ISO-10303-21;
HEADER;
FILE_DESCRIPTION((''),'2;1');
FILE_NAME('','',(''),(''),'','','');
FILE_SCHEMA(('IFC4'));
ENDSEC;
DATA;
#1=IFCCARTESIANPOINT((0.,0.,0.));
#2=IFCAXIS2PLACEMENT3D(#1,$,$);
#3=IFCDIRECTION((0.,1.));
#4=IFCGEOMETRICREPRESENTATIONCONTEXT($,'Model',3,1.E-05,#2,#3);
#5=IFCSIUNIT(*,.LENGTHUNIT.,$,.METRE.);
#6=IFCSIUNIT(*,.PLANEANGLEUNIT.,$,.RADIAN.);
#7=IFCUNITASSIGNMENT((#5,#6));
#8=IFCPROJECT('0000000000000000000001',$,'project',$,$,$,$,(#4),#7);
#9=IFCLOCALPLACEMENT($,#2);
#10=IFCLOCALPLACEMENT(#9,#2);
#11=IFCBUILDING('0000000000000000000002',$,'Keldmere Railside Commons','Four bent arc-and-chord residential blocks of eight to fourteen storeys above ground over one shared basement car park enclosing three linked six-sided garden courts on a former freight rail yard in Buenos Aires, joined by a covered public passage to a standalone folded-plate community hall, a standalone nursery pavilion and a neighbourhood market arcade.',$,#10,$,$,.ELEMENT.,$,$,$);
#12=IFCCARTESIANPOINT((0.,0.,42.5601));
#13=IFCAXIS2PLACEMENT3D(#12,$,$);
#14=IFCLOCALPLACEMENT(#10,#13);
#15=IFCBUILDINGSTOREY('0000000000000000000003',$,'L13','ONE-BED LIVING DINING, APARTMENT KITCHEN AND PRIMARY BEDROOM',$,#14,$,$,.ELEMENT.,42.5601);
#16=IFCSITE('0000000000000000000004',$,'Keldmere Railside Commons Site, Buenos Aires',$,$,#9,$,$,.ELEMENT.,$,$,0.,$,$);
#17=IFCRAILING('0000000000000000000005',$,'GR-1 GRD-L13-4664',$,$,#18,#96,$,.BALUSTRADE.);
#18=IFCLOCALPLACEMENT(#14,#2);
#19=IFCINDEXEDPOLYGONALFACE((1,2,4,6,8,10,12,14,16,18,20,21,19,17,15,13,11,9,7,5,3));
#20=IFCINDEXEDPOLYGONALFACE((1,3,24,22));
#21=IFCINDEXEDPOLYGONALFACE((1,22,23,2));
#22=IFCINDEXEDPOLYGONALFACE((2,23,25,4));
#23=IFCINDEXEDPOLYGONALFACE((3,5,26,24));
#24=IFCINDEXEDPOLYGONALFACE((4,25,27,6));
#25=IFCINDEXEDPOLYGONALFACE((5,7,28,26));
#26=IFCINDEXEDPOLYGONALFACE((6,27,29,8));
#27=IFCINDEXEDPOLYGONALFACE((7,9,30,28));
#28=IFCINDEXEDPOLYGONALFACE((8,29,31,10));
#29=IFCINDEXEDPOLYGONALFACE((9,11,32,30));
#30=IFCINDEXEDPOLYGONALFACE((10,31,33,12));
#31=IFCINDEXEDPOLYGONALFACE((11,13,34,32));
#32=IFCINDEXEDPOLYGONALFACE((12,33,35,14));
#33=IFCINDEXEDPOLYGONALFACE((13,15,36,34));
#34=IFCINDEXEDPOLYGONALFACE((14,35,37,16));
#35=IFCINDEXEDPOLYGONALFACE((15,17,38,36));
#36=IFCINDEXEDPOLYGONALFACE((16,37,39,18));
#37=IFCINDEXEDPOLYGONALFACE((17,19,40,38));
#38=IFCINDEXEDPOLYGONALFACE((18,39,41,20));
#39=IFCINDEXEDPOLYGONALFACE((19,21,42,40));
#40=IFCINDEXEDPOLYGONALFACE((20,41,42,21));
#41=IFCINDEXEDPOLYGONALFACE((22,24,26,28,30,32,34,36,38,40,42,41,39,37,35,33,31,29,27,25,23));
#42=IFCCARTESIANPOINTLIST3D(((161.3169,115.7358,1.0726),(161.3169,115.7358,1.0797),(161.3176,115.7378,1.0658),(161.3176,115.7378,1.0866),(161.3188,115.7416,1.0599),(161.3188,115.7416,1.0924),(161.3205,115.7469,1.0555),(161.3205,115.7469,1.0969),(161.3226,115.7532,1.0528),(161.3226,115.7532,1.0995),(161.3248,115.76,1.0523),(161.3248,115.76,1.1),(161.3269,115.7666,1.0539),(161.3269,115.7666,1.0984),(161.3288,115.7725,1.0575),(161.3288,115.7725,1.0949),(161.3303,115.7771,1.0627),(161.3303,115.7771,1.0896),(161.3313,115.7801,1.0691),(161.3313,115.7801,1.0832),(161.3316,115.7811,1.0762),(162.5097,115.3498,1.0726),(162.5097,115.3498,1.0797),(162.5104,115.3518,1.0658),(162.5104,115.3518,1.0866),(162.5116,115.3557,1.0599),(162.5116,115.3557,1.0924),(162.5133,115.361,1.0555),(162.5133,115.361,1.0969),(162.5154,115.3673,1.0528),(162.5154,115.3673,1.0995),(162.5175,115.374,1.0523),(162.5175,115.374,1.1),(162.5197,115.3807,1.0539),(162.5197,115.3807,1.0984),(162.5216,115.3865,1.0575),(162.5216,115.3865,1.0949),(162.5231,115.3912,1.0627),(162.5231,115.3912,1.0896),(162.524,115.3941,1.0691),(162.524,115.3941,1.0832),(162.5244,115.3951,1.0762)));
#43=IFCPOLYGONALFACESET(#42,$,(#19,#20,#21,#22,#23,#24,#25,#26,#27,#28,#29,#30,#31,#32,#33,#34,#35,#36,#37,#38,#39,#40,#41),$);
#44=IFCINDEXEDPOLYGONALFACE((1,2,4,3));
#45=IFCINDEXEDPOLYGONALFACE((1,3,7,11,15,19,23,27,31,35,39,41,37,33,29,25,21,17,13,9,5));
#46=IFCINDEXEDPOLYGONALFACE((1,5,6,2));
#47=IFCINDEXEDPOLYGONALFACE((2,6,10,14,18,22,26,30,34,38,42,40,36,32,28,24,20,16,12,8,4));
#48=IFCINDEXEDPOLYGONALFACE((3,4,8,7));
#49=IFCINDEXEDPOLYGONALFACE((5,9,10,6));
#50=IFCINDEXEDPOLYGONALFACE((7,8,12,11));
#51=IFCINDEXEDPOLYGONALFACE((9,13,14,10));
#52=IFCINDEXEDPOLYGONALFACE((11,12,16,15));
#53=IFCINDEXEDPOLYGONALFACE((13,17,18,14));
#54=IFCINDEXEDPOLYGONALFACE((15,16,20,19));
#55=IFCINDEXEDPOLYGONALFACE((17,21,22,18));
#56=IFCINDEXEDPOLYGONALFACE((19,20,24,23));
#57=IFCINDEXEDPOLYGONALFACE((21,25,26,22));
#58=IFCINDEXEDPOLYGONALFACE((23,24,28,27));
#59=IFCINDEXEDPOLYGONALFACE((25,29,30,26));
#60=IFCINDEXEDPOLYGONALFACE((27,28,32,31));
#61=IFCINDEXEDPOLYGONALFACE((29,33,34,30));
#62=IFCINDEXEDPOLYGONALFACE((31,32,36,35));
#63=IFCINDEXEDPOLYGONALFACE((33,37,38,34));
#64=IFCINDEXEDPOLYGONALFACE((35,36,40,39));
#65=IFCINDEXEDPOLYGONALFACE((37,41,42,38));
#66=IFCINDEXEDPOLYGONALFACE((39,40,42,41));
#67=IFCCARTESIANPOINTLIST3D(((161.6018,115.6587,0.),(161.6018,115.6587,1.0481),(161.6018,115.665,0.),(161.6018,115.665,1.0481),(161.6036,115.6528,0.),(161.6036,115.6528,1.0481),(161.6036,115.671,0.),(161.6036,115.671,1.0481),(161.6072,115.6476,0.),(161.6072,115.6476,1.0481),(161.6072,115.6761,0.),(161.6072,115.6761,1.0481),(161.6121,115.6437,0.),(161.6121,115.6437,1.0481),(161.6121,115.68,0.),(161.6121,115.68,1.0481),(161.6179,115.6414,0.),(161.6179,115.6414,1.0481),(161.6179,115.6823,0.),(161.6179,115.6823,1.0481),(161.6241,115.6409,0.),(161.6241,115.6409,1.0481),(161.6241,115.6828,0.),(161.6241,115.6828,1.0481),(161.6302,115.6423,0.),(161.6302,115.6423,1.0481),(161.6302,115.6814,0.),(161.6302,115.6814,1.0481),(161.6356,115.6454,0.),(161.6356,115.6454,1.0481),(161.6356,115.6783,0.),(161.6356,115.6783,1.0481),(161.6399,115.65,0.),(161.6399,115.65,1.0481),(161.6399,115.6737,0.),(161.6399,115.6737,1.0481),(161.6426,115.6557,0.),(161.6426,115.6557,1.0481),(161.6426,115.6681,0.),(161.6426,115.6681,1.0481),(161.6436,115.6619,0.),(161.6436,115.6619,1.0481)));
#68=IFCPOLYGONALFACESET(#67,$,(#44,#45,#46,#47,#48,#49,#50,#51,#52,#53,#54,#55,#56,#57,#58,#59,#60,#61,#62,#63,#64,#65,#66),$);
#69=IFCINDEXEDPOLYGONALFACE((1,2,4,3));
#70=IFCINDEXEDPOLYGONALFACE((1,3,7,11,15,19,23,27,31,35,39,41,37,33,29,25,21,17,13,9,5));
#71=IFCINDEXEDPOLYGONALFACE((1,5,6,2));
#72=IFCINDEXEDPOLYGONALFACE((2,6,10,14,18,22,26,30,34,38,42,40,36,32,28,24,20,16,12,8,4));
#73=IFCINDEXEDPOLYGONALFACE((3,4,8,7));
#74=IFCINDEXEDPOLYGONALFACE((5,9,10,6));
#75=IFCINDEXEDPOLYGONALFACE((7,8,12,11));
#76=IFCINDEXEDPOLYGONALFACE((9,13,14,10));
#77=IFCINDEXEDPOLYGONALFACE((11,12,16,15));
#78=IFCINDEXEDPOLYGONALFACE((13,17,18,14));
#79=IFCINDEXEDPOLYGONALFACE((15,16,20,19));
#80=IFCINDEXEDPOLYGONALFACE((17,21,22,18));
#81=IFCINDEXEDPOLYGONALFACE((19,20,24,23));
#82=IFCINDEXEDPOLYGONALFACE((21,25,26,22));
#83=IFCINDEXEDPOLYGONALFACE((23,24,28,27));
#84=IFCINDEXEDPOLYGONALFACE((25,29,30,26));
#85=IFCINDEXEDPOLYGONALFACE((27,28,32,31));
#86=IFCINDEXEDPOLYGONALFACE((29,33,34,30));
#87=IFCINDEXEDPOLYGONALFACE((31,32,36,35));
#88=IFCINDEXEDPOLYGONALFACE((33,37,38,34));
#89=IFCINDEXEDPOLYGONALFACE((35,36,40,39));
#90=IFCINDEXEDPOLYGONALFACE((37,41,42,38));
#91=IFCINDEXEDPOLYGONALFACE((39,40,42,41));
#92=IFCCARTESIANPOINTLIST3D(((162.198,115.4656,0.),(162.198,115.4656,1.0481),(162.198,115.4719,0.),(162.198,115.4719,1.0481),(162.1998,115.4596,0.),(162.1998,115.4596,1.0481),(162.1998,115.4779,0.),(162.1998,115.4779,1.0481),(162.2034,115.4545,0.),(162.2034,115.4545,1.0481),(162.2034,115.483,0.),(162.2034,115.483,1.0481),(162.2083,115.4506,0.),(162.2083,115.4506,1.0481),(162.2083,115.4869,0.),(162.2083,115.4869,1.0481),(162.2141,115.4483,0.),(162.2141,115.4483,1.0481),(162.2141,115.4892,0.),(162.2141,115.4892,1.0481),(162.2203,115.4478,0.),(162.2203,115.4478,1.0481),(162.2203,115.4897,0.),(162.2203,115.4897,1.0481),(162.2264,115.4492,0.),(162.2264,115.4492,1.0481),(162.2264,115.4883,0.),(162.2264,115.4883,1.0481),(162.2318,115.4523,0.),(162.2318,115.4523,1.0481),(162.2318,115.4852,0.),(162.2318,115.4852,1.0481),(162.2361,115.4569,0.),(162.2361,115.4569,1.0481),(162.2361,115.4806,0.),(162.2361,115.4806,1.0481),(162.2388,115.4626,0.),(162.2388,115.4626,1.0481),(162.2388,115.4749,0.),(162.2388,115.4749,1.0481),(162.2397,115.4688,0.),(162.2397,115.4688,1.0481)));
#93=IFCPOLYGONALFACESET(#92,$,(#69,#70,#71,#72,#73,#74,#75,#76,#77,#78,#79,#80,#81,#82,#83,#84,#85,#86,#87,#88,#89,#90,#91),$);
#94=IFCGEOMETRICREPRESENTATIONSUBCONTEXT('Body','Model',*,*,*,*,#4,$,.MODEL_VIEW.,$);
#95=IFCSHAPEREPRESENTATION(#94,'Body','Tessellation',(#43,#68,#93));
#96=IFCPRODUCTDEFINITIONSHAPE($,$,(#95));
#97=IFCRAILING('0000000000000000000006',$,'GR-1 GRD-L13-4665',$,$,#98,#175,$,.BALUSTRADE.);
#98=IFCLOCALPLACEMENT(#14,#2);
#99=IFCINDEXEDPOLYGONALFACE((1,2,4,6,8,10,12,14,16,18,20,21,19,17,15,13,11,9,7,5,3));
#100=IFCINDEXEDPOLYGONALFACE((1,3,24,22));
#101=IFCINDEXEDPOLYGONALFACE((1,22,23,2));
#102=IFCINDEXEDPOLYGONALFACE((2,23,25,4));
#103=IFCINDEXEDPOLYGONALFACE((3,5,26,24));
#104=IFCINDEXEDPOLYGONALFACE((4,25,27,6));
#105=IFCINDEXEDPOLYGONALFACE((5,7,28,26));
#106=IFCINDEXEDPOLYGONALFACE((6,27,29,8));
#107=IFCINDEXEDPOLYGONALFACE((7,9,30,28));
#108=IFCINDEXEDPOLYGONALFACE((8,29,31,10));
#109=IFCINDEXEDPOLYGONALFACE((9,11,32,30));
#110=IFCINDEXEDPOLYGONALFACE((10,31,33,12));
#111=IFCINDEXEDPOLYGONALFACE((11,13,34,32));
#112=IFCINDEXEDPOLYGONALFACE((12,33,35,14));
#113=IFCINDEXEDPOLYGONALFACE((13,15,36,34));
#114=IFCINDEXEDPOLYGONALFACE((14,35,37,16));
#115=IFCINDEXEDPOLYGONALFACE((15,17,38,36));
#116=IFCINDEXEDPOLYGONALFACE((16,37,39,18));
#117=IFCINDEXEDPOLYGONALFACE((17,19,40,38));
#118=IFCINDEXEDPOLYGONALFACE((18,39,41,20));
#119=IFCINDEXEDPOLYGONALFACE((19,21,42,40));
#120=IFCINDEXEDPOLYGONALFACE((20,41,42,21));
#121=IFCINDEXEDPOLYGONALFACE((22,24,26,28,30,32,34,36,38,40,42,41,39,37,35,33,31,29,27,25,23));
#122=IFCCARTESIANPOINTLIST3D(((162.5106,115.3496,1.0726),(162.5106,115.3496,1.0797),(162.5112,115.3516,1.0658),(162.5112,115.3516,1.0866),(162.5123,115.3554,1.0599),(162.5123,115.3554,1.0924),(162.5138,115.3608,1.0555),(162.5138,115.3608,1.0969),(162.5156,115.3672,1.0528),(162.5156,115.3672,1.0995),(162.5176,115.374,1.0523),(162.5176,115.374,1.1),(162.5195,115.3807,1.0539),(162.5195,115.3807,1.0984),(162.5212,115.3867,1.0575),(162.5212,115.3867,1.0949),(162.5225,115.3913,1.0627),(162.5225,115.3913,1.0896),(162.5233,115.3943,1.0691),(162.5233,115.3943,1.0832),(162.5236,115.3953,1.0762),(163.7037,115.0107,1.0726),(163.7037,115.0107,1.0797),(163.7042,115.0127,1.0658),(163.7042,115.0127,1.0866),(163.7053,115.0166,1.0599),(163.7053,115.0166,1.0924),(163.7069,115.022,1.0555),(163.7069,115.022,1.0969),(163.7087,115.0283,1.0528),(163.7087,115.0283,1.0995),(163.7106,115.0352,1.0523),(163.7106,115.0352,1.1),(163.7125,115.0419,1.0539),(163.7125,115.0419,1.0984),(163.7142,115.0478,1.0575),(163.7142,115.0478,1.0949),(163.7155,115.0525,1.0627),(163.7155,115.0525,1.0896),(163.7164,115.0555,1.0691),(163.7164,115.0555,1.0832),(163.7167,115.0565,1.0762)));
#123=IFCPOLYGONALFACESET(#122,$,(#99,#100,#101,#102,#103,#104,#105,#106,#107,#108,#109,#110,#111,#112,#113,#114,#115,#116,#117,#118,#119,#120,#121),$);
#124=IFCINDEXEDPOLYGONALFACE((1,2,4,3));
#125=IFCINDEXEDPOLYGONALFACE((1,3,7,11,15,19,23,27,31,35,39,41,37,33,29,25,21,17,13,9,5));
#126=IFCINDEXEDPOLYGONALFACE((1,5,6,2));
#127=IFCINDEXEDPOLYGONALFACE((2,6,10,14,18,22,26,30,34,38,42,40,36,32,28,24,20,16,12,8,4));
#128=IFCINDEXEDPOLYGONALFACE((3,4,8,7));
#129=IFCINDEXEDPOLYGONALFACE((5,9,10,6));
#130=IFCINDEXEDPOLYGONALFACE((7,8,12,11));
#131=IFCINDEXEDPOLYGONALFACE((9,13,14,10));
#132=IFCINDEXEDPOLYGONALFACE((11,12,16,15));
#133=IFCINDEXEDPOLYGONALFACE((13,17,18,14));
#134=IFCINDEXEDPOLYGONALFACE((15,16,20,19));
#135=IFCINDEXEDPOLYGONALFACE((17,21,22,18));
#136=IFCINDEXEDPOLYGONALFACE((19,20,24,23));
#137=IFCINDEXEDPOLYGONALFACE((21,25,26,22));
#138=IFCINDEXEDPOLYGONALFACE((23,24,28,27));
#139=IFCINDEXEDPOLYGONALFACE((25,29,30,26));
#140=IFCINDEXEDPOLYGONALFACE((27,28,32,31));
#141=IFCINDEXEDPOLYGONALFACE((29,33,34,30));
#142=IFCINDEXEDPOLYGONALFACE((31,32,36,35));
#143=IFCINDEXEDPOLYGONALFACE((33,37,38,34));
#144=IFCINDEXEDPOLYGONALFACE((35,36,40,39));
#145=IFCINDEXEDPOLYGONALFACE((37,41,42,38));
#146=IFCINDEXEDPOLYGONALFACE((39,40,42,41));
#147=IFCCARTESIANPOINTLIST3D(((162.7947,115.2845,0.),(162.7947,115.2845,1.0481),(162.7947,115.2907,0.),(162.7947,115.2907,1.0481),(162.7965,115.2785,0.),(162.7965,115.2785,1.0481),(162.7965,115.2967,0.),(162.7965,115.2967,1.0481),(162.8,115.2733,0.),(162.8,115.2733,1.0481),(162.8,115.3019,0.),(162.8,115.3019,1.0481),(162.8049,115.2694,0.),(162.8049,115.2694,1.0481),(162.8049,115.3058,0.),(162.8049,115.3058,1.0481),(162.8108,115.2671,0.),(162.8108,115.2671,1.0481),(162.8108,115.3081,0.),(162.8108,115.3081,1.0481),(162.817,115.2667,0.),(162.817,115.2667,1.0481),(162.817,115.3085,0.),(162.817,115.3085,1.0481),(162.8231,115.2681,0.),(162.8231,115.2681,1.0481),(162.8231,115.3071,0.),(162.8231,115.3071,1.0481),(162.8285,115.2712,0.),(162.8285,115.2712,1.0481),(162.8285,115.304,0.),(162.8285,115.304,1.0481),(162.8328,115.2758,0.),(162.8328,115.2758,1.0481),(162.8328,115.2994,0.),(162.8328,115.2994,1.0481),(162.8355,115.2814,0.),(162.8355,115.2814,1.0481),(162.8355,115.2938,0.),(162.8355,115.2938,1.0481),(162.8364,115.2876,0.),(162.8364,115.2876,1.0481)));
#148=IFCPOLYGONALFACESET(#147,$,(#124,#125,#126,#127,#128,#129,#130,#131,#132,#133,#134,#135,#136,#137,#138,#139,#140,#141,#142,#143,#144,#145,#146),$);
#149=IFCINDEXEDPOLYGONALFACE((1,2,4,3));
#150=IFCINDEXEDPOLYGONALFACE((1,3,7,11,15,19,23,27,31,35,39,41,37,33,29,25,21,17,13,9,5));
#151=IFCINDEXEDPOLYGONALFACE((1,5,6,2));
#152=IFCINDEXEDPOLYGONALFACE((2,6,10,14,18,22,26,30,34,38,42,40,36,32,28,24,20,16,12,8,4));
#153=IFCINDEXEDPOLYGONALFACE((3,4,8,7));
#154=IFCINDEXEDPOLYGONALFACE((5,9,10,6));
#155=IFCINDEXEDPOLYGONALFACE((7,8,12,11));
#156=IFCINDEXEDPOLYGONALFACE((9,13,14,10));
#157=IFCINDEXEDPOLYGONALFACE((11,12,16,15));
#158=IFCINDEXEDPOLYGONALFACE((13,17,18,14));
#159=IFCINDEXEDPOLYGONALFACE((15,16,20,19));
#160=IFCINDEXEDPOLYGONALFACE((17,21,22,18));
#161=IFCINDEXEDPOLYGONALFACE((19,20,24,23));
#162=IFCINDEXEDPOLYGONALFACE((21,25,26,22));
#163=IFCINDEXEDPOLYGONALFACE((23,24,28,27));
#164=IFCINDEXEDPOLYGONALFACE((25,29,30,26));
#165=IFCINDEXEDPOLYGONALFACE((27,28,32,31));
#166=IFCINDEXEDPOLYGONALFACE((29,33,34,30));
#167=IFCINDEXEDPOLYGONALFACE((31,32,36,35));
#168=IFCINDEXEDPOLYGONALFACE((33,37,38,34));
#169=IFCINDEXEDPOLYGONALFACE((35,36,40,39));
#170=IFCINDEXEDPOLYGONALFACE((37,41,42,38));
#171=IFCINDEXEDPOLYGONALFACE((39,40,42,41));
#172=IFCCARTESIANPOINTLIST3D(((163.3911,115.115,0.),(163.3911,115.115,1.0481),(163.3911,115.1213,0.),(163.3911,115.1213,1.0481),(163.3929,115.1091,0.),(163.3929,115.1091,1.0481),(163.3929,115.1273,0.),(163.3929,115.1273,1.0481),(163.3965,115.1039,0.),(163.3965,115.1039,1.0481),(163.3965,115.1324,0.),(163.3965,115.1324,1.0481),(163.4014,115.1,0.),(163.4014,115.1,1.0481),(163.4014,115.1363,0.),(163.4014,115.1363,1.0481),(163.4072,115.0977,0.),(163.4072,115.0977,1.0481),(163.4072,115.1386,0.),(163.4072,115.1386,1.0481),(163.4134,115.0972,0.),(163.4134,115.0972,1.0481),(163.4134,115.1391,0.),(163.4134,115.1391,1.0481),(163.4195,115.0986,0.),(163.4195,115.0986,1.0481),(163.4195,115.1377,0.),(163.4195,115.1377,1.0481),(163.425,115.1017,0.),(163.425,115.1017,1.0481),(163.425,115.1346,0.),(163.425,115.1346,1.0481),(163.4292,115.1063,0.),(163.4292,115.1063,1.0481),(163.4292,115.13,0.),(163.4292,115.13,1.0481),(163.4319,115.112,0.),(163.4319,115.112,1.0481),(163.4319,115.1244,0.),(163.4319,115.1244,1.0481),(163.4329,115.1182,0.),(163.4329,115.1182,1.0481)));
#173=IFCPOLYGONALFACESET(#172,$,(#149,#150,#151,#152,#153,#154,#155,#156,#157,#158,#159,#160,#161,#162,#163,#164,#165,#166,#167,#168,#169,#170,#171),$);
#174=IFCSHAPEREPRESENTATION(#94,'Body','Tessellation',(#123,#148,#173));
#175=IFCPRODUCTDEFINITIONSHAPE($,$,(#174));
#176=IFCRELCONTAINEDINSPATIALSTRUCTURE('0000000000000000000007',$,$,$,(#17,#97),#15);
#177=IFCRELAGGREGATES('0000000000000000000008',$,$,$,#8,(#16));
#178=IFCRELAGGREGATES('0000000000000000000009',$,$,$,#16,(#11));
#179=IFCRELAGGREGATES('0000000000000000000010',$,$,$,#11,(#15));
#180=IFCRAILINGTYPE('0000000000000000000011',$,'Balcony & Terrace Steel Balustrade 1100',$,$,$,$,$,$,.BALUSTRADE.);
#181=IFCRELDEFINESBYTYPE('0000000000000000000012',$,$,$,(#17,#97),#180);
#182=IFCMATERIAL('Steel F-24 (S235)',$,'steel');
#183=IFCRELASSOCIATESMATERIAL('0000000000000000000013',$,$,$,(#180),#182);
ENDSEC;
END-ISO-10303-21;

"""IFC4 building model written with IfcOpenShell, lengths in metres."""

from ifc_helpers import new_model, si_unit, direction, frame, origin, origin_2d, place, context, subcontext, project, spatial, circle, extrude, material, type_object, element, save


model = new_model("IFC4")

# Units and contexts
model_context = context("Model", 3, precision=1e-05, world=origin(), true_north=direction((0.0, 1.0)))
body_context = subcontext(model_context, "Body", "Model", "MODEL_VIEW")
ifc_project = project(units=[si_unit("LENGTHUNIT", "METRE"), si_unit("PLANEANGLEUNIT", "RADIAN")], contexts=[model_context])

# Site, building, storey
site_placement = place(None, origin())
site = spatial("IfcSite", under=ifc_project, at=site_placement, Name="Keldmere Railside Commons Site, Buenos Aires", CompositionType="ELEMENT", RefElevation=0.0)
building_placement = place(site_placement, origin())
building = spatial("IfcBuilding", under=site, at=building_placement, Name="Keldmere Railside Commons", Description="Four bent arc-and-chord residential blocks of eight to fourteen storeys above ground over one shared basement car park enclosing three linked six-sided garden courts on a former freight rail yard in Buenos Aires, joined by a covered public passage to a standalone folded-plate community hall, a standalone nursery pavilion and a neighbourhood market arcade.", CompositionType="ELEMENT")
storey_placement = place(building_placement, frame((0.0, 0.0, 42.5601)))
storey = spatial("IfcBuildingStorey", under=building, at=storey_placement, Name="L13", Description="ONE-BED LIVING DINING, APARTMENT KITCHEN AND PRIMARY BEDROOM", CompositionType="ELEMENT", Elevation=42.5601)

# Railings
ifc_material_1 = material(Name="Steel F-24 (S235)", Category="steel")
railing_type = type_object("IfcRailingType", Name="Balcony & Terrace Steel Balustrade 1100", PredefinedType="BALUSTRADE", material=ifc_material_1)
railing_1_placement = place(storey_placement, frame((161.3242, 115.7583, 0.0)))
element("IfcRailing", 1, at=railing_1_placement, inside=storey, type_object=railing_type, Name="GR-1 GRD-L13-4664", PredefinedType="BALUSTRADE", context=body_context, shape_type="SweptSolid", body=[
    extrude(circle(Radius=0.0239, at=origin_2d()), frame((0.0, 0.0, 1.0762), z_axis=(0.951431, -0.307862, 0.0), x_axis=(0.307862, 0.951431, 0.0)), (0.0, 0.0, 1.0), 1.2537),
    extrude(circle(Radius=0.021, at=origin_2d()), frame((0.2983, -0.0964, 0.0)), (0.0, 0.0, 1.0), 1.0481),
    extrude(circle(Radius=0.021, at=origin_2d()), frame((0.8945, -0.2896, 0.0)), (0.0, 0.0, 1.0), 1.0481),
])
railing_2_placement = place(storey_placement, frame((162.5171, 115.3723, 0.0)))
element("IfcRailing", 2, at=railing_2_placement, inside=storey, type_object=railing_type, Name="GR-1 GRD-L13-4665", PredefinedType="BALUSTRADE", context=body_context, shape_type="SweptSolid", body=[
    extrude(circle(Radius=0.0239, at=origin_2d()), frame((0.0, 0.0, 1.0762), z_axis=(0.961954, -0.273213, 0.0), x_axis=(0.273213, 0.961954, 0.0)), (0.0, 0.0, 1.0), 1.2402),
    extrude(circle(Radius=0.021, at=origin_2d()), frame((0.2983, -0.0847, 0.0)), (0.0, 0.0, 1.0), 1.0481),
    extrude(circle(Radius=0.021, at=origin_2d()), frame((0.8948, -0.2542, 0.0)), (0.0, 0.0, 1.0), 1.0481),
])

save(model, "model.ifc")
